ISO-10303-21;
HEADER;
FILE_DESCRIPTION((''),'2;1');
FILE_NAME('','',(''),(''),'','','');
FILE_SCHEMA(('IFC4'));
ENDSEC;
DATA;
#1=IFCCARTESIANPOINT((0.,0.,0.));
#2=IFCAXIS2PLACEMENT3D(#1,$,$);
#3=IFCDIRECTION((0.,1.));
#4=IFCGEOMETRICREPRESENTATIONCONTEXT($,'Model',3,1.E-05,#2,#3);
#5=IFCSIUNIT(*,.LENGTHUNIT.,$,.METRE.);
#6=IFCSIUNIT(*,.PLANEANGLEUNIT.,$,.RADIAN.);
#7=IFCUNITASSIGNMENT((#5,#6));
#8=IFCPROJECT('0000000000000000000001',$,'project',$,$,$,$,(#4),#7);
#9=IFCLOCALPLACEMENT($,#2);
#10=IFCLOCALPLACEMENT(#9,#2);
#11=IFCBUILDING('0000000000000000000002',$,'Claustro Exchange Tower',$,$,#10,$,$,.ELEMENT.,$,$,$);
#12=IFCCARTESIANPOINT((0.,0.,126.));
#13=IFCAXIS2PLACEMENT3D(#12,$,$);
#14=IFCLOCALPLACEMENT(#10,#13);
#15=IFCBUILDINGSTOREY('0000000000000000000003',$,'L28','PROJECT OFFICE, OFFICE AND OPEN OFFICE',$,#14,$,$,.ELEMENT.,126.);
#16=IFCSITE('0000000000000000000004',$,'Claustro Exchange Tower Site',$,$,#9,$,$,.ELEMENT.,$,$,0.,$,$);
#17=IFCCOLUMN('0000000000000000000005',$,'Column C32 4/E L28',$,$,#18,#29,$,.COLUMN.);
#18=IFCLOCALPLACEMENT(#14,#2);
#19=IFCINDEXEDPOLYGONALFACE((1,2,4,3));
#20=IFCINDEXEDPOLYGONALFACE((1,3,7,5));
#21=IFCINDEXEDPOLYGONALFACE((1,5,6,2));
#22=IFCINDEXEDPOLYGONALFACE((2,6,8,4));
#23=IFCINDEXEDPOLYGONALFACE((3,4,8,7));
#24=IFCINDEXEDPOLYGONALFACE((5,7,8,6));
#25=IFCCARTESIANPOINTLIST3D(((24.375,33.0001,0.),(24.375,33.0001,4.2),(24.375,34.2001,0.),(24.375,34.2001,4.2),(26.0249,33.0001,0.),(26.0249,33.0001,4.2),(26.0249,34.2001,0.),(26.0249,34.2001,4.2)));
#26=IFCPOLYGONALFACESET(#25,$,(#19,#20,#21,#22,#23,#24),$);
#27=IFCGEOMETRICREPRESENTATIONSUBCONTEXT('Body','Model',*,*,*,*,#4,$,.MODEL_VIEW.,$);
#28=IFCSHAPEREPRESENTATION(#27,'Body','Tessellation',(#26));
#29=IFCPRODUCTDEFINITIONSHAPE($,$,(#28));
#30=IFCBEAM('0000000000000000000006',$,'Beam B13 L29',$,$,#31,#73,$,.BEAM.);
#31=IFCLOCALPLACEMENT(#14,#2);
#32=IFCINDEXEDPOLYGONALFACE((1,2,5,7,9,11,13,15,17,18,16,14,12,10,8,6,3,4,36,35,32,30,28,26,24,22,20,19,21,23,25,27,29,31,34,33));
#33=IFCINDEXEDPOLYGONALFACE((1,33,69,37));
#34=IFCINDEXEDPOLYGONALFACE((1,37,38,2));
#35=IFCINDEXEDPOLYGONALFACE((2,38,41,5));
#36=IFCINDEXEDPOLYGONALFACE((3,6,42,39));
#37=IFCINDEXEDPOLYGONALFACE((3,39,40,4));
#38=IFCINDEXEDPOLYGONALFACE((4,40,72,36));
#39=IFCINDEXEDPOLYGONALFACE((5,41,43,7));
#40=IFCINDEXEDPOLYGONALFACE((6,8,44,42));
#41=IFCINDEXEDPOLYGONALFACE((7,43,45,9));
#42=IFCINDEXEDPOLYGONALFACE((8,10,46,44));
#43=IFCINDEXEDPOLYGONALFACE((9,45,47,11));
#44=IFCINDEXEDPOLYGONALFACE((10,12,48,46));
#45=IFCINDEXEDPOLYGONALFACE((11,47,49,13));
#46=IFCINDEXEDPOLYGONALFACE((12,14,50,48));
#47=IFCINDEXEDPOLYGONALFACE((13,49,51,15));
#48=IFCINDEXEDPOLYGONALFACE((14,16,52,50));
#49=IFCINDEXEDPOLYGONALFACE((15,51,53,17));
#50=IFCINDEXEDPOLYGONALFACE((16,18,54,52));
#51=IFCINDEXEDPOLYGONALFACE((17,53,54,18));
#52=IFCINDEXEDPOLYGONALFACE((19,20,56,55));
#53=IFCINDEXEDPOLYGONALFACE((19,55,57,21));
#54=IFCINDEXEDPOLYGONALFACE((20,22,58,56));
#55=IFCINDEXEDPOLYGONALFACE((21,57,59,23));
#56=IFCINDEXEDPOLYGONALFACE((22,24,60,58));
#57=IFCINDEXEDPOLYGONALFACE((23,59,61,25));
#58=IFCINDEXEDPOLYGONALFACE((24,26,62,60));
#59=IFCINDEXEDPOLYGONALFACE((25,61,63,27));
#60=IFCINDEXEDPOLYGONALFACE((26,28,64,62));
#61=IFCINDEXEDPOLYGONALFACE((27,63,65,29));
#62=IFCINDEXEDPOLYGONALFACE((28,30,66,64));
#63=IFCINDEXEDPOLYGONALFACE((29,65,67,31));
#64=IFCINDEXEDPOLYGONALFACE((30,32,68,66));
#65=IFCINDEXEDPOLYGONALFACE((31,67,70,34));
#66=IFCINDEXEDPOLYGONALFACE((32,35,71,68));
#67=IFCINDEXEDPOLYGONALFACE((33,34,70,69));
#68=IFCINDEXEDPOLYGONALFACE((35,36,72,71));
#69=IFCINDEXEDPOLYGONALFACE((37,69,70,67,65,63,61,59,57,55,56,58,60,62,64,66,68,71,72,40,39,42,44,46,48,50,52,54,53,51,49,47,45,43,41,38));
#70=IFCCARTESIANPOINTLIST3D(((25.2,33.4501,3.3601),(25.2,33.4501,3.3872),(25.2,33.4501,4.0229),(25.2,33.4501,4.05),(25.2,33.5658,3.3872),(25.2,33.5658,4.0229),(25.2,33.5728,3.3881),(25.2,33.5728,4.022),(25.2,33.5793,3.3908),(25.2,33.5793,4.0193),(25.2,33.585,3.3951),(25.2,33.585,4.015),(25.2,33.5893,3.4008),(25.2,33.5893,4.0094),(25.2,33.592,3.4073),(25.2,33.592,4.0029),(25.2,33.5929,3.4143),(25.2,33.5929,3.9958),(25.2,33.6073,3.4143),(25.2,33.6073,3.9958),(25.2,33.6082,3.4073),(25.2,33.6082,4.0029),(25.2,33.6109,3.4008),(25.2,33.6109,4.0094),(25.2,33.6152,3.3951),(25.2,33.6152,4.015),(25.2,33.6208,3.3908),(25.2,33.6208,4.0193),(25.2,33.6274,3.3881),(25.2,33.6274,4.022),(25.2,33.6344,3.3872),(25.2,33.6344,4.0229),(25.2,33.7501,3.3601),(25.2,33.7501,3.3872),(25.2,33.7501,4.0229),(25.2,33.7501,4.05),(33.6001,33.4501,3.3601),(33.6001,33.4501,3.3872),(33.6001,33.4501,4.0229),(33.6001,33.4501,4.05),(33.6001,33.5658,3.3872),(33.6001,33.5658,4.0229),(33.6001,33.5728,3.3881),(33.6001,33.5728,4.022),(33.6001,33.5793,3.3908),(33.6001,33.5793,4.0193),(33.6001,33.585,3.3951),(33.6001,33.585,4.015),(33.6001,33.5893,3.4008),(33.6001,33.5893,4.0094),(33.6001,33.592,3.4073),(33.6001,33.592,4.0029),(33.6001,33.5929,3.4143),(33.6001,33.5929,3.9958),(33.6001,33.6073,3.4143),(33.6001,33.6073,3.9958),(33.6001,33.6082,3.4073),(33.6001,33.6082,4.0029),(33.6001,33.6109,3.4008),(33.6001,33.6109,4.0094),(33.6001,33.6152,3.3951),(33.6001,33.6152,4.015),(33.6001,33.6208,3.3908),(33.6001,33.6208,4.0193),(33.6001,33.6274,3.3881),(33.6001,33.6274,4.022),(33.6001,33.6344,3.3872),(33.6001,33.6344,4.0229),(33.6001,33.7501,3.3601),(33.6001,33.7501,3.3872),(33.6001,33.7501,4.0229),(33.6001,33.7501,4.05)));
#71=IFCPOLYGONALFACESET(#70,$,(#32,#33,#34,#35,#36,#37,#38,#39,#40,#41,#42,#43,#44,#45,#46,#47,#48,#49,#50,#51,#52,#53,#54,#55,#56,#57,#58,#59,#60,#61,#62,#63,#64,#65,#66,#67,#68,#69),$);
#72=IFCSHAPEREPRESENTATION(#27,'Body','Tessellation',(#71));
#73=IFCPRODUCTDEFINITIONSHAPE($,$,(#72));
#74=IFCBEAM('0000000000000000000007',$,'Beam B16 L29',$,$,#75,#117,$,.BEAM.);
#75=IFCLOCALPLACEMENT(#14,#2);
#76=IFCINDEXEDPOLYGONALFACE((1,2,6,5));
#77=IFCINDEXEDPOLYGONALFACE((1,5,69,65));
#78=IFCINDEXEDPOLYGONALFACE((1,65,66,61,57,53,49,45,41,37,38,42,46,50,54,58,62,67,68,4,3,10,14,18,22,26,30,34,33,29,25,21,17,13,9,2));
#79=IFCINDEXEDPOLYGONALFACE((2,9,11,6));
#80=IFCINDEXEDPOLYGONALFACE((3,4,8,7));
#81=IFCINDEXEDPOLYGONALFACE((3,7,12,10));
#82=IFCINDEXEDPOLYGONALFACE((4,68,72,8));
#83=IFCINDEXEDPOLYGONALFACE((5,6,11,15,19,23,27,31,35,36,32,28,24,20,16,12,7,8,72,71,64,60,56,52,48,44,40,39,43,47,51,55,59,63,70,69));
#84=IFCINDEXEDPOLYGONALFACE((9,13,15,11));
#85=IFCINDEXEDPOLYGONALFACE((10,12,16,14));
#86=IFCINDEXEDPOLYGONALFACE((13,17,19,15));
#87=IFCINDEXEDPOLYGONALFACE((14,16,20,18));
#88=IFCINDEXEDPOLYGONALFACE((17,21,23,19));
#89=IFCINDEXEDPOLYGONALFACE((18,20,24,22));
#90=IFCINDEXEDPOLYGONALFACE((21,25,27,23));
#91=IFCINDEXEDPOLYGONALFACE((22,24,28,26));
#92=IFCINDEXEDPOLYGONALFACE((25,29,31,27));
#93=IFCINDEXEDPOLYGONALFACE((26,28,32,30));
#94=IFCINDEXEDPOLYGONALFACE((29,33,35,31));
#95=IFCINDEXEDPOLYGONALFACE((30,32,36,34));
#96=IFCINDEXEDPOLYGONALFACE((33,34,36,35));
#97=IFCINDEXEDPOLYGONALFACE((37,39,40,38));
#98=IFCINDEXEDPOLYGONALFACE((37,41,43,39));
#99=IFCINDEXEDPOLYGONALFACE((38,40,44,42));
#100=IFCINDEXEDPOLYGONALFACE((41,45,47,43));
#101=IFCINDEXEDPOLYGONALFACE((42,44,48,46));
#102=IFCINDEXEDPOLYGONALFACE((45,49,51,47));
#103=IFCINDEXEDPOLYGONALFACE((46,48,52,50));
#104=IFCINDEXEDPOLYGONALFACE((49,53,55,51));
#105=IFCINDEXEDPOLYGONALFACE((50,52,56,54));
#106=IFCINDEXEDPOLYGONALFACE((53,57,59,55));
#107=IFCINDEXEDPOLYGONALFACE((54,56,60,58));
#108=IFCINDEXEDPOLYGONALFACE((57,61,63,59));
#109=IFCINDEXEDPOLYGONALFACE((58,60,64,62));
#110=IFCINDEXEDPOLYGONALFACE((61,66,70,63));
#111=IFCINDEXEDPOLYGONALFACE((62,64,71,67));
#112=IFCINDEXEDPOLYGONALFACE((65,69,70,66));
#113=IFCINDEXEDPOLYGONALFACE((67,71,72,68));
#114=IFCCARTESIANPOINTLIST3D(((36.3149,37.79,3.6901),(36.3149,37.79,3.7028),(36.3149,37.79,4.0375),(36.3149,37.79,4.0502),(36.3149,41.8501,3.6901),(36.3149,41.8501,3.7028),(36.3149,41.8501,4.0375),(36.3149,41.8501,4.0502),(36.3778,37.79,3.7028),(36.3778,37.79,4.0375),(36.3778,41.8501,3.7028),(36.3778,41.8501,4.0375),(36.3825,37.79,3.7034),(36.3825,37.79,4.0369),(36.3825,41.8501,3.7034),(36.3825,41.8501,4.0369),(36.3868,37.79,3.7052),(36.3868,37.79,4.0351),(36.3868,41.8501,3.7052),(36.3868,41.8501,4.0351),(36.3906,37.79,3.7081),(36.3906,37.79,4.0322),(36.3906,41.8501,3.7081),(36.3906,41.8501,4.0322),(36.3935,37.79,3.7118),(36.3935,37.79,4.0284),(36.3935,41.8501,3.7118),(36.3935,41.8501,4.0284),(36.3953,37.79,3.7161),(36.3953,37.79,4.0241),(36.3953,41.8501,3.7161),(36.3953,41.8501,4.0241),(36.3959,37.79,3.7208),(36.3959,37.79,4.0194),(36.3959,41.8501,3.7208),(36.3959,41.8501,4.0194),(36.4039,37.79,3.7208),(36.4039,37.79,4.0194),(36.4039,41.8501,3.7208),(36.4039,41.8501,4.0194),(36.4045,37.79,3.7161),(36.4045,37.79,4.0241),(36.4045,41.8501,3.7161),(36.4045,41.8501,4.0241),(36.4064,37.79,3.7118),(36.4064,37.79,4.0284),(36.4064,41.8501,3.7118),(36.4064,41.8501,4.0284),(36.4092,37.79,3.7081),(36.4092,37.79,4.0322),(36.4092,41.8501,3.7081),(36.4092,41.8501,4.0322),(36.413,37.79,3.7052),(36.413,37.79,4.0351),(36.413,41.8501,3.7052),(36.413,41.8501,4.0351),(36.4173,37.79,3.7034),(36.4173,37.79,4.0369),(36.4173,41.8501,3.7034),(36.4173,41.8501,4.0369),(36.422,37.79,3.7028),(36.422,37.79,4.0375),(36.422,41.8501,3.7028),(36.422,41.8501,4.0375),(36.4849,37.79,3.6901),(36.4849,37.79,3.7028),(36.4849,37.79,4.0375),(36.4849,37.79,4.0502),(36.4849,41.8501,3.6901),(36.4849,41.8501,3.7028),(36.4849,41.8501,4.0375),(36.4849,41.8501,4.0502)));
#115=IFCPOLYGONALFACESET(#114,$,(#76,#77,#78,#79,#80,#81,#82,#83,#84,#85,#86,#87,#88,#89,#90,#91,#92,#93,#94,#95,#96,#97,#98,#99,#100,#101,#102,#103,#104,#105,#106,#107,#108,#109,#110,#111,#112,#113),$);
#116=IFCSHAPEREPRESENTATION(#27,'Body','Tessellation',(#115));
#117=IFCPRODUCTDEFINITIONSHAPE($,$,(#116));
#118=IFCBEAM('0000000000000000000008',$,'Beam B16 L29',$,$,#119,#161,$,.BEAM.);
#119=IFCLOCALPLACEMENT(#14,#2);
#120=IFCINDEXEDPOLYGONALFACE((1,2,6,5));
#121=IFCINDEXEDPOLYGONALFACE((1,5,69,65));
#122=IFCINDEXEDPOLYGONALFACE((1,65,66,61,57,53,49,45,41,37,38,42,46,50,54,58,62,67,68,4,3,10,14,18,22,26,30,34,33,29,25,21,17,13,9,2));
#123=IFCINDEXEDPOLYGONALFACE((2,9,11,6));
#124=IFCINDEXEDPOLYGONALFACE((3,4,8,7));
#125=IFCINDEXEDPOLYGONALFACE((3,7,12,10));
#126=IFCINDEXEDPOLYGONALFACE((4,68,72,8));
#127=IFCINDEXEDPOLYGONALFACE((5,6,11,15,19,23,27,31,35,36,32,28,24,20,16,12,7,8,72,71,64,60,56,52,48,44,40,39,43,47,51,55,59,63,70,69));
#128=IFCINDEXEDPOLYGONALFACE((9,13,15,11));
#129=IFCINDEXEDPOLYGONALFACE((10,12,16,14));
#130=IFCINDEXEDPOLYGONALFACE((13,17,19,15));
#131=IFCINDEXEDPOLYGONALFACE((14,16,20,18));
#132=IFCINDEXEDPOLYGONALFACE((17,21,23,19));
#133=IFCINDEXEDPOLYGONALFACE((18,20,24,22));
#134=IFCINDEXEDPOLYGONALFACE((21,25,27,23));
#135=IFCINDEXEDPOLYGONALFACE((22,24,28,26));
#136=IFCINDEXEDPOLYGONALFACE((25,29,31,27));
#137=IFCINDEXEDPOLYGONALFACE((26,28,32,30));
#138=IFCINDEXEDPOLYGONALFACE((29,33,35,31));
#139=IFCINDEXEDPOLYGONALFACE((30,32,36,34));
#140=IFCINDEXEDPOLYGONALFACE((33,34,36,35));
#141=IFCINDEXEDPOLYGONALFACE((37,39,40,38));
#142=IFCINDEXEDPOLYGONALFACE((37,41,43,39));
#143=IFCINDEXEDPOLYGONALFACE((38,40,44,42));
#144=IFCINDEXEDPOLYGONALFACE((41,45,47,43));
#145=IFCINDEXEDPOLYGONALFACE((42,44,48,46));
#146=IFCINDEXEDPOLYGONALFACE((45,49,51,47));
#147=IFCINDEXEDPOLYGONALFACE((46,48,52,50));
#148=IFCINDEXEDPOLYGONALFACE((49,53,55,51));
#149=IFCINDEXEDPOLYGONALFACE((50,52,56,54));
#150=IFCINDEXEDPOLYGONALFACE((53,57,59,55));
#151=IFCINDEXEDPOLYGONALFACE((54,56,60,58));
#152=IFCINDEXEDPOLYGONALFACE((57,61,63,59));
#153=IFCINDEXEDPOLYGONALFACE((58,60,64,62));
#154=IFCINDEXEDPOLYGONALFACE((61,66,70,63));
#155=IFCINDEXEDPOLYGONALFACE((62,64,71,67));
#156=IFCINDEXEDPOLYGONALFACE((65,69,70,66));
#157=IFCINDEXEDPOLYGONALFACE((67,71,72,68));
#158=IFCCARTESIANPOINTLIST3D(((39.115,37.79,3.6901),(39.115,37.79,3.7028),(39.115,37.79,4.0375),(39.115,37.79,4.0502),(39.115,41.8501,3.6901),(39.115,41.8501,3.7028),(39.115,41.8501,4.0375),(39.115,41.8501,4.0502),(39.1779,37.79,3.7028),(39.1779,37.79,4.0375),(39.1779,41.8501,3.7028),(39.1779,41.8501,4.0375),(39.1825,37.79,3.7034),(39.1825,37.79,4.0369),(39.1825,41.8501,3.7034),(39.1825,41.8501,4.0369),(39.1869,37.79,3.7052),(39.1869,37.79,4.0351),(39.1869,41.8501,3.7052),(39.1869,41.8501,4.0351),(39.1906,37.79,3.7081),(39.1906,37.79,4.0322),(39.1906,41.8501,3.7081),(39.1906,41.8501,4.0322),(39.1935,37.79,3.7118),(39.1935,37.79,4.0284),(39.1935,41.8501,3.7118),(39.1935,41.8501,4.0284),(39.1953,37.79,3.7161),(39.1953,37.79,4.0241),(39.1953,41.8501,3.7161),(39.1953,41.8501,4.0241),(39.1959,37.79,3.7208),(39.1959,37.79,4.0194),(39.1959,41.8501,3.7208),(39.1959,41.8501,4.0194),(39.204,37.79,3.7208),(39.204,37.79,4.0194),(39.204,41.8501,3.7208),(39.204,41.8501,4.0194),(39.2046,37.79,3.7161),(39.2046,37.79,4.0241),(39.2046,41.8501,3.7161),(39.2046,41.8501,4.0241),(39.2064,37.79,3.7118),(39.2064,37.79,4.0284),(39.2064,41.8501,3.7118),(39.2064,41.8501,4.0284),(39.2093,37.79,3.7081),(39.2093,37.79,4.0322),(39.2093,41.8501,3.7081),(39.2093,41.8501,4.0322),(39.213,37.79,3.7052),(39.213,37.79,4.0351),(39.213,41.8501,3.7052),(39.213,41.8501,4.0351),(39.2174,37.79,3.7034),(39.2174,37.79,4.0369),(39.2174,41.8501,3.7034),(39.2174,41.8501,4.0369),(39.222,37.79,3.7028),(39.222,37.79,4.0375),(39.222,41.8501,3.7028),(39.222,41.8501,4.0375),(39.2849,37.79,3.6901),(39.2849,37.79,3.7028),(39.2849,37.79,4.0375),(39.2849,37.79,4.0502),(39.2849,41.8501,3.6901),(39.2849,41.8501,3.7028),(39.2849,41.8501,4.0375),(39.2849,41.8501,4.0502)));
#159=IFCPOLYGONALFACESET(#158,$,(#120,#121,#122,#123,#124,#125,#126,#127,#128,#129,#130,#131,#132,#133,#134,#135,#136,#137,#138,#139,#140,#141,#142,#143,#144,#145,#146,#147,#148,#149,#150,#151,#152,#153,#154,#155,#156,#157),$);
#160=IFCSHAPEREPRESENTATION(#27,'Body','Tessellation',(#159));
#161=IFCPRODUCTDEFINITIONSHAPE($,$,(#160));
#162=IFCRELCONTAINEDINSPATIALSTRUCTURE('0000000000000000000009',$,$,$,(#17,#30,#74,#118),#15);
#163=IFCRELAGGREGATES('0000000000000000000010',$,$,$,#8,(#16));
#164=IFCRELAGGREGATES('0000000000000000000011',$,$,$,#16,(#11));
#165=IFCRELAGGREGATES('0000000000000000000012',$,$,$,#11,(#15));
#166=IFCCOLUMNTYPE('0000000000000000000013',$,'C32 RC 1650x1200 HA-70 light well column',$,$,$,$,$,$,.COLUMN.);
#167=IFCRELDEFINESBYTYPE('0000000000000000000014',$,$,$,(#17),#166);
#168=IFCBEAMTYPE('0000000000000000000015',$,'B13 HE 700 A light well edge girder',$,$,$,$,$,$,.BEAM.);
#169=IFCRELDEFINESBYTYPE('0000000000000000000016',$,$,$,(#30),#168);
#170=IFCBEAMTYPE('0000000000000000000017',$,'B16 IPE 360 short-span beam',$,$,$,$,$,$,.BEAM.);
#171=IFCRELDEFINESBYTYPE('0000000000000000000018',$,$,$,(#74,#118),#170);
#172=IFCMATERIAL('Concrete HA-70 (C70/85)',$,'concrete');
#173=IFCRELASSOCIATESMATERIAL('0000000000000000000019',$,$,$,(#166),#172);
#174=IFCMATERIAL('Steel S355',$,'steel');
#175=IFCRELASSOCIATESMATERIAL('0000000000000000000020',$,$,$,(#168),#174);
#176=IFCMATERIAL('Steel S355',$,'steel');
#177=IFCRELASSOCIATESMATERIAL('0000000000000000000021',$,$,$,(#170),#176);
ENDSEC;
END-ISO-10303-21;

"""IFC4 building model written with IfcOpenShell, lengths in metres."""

from ifc_helpers import new_model, si_unit, direction, frame, origin, origin_2d, place, context, subcontext, project, spatial, rectangle, i_section, extrude, material, material_profile, profile_set, type_object, element, save


model = new_model("IFC4")

# Units and contexts
model_context = context("Model", 3, precision=1e-05, world=origin(), true_north=direction((0.0, 1.0)))
body_context = subcontext(model_context, "Body", "Model", "MODEL_VIEW")
ifc_project = project(units=[si_unit("LENGTHUNIT", "METRE"), si_unit("PLANEANGLEUNIT", "RADIAN")], contexts=[model_context])

# Site, building, storey
site_placement = place(None, origin())
site = spatial("IfcSite", under=ifc_project, at=site_placement, Name="Claustro Exchange Tower Site", CompositionType="ELEMENT", RefElevation=0.0)
building_placement = place(site_placement, origin())
building = spatial("IfcBuilding", under=site, at=building_placement, Name="Claustro Exchange Tower", CompositionType="ELEMENT")
storey_placement = place(building_placement, frame((0.0, 0.0, 126.0)))
storey = spatial("IfcBuildingStorey", under=building, at=storey_placement, Name="L28", Description="PROJECT OFFICE, OFFICE AND OPEN OFFICE", CompositionType="ELEMENT", Elevation=126.0)

# Column
ifc_material_1 = material(Name="Concrete HA-70 (C70/85)", Category="concrete")
ifc_material_profile_1 = material_profile(ifc_material_1, rectangle(XDim=1.6499, YDim=1.2, at=origin_2d()), Name="RC 1650x1200")
ifc_profile_set_1 = profile_set([ifc_material_profile_1], Name="Concrete HA-70 (C70/85)")
column_type = type_object("IfcColumnType", Name="C32 RC 1650x1200 HA-70 light well column", PredefinedType="COLUMN", material=ifc_profile_set_1)
column_placement = place(storey_placement, frame((25.2, 33.6001, 0.0), z_axis=(0.0, 0.0, 1.0), x_axis=(1.0, 0.0, 0.0)))
element("IfcColumn", 1, at=column_placement, inside=storey, type_object=column_type, Name="Column C32 4/E L28", PredefinedType="COLUMN", context=body_context, shape_type="SweptSolid", body=[
    extrude(rectangle(XDim=1.6499, YDim=1.2, at=origin_2d()), origin(), (0.0, 0.0, 1.0), 4.2),
])

# Beams
ifc_material_2 = material(Name="Steel S355", Category="steel")
ifc_material_profile_2 = material_profile(ifc_material_2, i_section(OverallWidth=0.3, OverallDepth=0.6899, WebThickness=0.0144, FlangeThickness=0.0271, FilletRadius=0.0271, at=origin_2d()), Name="HE 700 A")
ifc_profile_set_2 = profile_set([ifc_material_profile_2], Name="Steel S355")
beam_type_1 = type_object("IfcBeamType", Name="B13 HE 700 A light well edge girder", PredefinedType="BEAM", material=ifc_profile_set_2)
beam_1_placement = place(storey_placement, frame((25.2, 33.6001, 3.7051), z_axis=(1.0, 0.0, 0.0), x_axis=(0.0, 1.0, 0.0)))
element("IfcBeam", 2, at=beam_1_placement, inside=storey, type_object=beam_type_1, Name="Beam B13 L29", PredefinedType="BEAM", context=body_context, shape_type="SweptSolid", body=[
    extrude(i_section(OverallWidth=0.3, OverallDepth=0.6899, WebThickness=0.0144, FlangeThickness=0.0271, FilletRadius=0.0271, at=origin_2d()), origin(), (0.0, 0.0, 1.0), 8.4001),
])
ifc_material_3 = material(Name="Steel S355", Category="steel")
ifc_material_profile_3 = material_profile(ifc_material_3, i_section(OverallWidth=0.1699, OverallDepth=0.3601, WebThickness=0.0081, FlangeThickness=0.0127, FilletRadius=0.0181, at=origin_2d()), Name="IPE 360")
ifc_profile_set_3 = profile_set([ifc_material_profile_3], Name="Steel S355")
beam_type_2 = type_object("IfcBeamType", Name="B16 IPE 360 short-span beam", PredefinedType="BEAM", material=ifc_profile_set_3)
for number, where, z_axis, x_axis, name in (
    (3, (36.3999, 37.79, 3.8701), (0.0, 1.0, 0.0), (-1.0, 0.0, 0.0), "Beam B16 L29"),
    (4, (39.2, 37.79, 3.8701), (0.0, 1.0, 0.0), (-1.0, 0.0, 0.0), "Beam B16 L29"),
):
    element("IfcBeam", number, at=place(storey_placement, frame(where, z_axis=z_axis, x_axis=x_axis)), inside=storey, type_object=beam_type_2, Name=name, PredefinedType="BEAM", context=body_context, shape_type="SweptSolid", body=[
        extrude(i_section(OverallWidth=0.1699, OverallDepth=0.3601, WebThickness=0.0081, FlangeThickness=0.0127, FilletRadius=0.0181, at=origin_2d()), origin(), (0.0, 0.0, 1.0), 4.0601),
    ])

save(model, "model.ifc")
